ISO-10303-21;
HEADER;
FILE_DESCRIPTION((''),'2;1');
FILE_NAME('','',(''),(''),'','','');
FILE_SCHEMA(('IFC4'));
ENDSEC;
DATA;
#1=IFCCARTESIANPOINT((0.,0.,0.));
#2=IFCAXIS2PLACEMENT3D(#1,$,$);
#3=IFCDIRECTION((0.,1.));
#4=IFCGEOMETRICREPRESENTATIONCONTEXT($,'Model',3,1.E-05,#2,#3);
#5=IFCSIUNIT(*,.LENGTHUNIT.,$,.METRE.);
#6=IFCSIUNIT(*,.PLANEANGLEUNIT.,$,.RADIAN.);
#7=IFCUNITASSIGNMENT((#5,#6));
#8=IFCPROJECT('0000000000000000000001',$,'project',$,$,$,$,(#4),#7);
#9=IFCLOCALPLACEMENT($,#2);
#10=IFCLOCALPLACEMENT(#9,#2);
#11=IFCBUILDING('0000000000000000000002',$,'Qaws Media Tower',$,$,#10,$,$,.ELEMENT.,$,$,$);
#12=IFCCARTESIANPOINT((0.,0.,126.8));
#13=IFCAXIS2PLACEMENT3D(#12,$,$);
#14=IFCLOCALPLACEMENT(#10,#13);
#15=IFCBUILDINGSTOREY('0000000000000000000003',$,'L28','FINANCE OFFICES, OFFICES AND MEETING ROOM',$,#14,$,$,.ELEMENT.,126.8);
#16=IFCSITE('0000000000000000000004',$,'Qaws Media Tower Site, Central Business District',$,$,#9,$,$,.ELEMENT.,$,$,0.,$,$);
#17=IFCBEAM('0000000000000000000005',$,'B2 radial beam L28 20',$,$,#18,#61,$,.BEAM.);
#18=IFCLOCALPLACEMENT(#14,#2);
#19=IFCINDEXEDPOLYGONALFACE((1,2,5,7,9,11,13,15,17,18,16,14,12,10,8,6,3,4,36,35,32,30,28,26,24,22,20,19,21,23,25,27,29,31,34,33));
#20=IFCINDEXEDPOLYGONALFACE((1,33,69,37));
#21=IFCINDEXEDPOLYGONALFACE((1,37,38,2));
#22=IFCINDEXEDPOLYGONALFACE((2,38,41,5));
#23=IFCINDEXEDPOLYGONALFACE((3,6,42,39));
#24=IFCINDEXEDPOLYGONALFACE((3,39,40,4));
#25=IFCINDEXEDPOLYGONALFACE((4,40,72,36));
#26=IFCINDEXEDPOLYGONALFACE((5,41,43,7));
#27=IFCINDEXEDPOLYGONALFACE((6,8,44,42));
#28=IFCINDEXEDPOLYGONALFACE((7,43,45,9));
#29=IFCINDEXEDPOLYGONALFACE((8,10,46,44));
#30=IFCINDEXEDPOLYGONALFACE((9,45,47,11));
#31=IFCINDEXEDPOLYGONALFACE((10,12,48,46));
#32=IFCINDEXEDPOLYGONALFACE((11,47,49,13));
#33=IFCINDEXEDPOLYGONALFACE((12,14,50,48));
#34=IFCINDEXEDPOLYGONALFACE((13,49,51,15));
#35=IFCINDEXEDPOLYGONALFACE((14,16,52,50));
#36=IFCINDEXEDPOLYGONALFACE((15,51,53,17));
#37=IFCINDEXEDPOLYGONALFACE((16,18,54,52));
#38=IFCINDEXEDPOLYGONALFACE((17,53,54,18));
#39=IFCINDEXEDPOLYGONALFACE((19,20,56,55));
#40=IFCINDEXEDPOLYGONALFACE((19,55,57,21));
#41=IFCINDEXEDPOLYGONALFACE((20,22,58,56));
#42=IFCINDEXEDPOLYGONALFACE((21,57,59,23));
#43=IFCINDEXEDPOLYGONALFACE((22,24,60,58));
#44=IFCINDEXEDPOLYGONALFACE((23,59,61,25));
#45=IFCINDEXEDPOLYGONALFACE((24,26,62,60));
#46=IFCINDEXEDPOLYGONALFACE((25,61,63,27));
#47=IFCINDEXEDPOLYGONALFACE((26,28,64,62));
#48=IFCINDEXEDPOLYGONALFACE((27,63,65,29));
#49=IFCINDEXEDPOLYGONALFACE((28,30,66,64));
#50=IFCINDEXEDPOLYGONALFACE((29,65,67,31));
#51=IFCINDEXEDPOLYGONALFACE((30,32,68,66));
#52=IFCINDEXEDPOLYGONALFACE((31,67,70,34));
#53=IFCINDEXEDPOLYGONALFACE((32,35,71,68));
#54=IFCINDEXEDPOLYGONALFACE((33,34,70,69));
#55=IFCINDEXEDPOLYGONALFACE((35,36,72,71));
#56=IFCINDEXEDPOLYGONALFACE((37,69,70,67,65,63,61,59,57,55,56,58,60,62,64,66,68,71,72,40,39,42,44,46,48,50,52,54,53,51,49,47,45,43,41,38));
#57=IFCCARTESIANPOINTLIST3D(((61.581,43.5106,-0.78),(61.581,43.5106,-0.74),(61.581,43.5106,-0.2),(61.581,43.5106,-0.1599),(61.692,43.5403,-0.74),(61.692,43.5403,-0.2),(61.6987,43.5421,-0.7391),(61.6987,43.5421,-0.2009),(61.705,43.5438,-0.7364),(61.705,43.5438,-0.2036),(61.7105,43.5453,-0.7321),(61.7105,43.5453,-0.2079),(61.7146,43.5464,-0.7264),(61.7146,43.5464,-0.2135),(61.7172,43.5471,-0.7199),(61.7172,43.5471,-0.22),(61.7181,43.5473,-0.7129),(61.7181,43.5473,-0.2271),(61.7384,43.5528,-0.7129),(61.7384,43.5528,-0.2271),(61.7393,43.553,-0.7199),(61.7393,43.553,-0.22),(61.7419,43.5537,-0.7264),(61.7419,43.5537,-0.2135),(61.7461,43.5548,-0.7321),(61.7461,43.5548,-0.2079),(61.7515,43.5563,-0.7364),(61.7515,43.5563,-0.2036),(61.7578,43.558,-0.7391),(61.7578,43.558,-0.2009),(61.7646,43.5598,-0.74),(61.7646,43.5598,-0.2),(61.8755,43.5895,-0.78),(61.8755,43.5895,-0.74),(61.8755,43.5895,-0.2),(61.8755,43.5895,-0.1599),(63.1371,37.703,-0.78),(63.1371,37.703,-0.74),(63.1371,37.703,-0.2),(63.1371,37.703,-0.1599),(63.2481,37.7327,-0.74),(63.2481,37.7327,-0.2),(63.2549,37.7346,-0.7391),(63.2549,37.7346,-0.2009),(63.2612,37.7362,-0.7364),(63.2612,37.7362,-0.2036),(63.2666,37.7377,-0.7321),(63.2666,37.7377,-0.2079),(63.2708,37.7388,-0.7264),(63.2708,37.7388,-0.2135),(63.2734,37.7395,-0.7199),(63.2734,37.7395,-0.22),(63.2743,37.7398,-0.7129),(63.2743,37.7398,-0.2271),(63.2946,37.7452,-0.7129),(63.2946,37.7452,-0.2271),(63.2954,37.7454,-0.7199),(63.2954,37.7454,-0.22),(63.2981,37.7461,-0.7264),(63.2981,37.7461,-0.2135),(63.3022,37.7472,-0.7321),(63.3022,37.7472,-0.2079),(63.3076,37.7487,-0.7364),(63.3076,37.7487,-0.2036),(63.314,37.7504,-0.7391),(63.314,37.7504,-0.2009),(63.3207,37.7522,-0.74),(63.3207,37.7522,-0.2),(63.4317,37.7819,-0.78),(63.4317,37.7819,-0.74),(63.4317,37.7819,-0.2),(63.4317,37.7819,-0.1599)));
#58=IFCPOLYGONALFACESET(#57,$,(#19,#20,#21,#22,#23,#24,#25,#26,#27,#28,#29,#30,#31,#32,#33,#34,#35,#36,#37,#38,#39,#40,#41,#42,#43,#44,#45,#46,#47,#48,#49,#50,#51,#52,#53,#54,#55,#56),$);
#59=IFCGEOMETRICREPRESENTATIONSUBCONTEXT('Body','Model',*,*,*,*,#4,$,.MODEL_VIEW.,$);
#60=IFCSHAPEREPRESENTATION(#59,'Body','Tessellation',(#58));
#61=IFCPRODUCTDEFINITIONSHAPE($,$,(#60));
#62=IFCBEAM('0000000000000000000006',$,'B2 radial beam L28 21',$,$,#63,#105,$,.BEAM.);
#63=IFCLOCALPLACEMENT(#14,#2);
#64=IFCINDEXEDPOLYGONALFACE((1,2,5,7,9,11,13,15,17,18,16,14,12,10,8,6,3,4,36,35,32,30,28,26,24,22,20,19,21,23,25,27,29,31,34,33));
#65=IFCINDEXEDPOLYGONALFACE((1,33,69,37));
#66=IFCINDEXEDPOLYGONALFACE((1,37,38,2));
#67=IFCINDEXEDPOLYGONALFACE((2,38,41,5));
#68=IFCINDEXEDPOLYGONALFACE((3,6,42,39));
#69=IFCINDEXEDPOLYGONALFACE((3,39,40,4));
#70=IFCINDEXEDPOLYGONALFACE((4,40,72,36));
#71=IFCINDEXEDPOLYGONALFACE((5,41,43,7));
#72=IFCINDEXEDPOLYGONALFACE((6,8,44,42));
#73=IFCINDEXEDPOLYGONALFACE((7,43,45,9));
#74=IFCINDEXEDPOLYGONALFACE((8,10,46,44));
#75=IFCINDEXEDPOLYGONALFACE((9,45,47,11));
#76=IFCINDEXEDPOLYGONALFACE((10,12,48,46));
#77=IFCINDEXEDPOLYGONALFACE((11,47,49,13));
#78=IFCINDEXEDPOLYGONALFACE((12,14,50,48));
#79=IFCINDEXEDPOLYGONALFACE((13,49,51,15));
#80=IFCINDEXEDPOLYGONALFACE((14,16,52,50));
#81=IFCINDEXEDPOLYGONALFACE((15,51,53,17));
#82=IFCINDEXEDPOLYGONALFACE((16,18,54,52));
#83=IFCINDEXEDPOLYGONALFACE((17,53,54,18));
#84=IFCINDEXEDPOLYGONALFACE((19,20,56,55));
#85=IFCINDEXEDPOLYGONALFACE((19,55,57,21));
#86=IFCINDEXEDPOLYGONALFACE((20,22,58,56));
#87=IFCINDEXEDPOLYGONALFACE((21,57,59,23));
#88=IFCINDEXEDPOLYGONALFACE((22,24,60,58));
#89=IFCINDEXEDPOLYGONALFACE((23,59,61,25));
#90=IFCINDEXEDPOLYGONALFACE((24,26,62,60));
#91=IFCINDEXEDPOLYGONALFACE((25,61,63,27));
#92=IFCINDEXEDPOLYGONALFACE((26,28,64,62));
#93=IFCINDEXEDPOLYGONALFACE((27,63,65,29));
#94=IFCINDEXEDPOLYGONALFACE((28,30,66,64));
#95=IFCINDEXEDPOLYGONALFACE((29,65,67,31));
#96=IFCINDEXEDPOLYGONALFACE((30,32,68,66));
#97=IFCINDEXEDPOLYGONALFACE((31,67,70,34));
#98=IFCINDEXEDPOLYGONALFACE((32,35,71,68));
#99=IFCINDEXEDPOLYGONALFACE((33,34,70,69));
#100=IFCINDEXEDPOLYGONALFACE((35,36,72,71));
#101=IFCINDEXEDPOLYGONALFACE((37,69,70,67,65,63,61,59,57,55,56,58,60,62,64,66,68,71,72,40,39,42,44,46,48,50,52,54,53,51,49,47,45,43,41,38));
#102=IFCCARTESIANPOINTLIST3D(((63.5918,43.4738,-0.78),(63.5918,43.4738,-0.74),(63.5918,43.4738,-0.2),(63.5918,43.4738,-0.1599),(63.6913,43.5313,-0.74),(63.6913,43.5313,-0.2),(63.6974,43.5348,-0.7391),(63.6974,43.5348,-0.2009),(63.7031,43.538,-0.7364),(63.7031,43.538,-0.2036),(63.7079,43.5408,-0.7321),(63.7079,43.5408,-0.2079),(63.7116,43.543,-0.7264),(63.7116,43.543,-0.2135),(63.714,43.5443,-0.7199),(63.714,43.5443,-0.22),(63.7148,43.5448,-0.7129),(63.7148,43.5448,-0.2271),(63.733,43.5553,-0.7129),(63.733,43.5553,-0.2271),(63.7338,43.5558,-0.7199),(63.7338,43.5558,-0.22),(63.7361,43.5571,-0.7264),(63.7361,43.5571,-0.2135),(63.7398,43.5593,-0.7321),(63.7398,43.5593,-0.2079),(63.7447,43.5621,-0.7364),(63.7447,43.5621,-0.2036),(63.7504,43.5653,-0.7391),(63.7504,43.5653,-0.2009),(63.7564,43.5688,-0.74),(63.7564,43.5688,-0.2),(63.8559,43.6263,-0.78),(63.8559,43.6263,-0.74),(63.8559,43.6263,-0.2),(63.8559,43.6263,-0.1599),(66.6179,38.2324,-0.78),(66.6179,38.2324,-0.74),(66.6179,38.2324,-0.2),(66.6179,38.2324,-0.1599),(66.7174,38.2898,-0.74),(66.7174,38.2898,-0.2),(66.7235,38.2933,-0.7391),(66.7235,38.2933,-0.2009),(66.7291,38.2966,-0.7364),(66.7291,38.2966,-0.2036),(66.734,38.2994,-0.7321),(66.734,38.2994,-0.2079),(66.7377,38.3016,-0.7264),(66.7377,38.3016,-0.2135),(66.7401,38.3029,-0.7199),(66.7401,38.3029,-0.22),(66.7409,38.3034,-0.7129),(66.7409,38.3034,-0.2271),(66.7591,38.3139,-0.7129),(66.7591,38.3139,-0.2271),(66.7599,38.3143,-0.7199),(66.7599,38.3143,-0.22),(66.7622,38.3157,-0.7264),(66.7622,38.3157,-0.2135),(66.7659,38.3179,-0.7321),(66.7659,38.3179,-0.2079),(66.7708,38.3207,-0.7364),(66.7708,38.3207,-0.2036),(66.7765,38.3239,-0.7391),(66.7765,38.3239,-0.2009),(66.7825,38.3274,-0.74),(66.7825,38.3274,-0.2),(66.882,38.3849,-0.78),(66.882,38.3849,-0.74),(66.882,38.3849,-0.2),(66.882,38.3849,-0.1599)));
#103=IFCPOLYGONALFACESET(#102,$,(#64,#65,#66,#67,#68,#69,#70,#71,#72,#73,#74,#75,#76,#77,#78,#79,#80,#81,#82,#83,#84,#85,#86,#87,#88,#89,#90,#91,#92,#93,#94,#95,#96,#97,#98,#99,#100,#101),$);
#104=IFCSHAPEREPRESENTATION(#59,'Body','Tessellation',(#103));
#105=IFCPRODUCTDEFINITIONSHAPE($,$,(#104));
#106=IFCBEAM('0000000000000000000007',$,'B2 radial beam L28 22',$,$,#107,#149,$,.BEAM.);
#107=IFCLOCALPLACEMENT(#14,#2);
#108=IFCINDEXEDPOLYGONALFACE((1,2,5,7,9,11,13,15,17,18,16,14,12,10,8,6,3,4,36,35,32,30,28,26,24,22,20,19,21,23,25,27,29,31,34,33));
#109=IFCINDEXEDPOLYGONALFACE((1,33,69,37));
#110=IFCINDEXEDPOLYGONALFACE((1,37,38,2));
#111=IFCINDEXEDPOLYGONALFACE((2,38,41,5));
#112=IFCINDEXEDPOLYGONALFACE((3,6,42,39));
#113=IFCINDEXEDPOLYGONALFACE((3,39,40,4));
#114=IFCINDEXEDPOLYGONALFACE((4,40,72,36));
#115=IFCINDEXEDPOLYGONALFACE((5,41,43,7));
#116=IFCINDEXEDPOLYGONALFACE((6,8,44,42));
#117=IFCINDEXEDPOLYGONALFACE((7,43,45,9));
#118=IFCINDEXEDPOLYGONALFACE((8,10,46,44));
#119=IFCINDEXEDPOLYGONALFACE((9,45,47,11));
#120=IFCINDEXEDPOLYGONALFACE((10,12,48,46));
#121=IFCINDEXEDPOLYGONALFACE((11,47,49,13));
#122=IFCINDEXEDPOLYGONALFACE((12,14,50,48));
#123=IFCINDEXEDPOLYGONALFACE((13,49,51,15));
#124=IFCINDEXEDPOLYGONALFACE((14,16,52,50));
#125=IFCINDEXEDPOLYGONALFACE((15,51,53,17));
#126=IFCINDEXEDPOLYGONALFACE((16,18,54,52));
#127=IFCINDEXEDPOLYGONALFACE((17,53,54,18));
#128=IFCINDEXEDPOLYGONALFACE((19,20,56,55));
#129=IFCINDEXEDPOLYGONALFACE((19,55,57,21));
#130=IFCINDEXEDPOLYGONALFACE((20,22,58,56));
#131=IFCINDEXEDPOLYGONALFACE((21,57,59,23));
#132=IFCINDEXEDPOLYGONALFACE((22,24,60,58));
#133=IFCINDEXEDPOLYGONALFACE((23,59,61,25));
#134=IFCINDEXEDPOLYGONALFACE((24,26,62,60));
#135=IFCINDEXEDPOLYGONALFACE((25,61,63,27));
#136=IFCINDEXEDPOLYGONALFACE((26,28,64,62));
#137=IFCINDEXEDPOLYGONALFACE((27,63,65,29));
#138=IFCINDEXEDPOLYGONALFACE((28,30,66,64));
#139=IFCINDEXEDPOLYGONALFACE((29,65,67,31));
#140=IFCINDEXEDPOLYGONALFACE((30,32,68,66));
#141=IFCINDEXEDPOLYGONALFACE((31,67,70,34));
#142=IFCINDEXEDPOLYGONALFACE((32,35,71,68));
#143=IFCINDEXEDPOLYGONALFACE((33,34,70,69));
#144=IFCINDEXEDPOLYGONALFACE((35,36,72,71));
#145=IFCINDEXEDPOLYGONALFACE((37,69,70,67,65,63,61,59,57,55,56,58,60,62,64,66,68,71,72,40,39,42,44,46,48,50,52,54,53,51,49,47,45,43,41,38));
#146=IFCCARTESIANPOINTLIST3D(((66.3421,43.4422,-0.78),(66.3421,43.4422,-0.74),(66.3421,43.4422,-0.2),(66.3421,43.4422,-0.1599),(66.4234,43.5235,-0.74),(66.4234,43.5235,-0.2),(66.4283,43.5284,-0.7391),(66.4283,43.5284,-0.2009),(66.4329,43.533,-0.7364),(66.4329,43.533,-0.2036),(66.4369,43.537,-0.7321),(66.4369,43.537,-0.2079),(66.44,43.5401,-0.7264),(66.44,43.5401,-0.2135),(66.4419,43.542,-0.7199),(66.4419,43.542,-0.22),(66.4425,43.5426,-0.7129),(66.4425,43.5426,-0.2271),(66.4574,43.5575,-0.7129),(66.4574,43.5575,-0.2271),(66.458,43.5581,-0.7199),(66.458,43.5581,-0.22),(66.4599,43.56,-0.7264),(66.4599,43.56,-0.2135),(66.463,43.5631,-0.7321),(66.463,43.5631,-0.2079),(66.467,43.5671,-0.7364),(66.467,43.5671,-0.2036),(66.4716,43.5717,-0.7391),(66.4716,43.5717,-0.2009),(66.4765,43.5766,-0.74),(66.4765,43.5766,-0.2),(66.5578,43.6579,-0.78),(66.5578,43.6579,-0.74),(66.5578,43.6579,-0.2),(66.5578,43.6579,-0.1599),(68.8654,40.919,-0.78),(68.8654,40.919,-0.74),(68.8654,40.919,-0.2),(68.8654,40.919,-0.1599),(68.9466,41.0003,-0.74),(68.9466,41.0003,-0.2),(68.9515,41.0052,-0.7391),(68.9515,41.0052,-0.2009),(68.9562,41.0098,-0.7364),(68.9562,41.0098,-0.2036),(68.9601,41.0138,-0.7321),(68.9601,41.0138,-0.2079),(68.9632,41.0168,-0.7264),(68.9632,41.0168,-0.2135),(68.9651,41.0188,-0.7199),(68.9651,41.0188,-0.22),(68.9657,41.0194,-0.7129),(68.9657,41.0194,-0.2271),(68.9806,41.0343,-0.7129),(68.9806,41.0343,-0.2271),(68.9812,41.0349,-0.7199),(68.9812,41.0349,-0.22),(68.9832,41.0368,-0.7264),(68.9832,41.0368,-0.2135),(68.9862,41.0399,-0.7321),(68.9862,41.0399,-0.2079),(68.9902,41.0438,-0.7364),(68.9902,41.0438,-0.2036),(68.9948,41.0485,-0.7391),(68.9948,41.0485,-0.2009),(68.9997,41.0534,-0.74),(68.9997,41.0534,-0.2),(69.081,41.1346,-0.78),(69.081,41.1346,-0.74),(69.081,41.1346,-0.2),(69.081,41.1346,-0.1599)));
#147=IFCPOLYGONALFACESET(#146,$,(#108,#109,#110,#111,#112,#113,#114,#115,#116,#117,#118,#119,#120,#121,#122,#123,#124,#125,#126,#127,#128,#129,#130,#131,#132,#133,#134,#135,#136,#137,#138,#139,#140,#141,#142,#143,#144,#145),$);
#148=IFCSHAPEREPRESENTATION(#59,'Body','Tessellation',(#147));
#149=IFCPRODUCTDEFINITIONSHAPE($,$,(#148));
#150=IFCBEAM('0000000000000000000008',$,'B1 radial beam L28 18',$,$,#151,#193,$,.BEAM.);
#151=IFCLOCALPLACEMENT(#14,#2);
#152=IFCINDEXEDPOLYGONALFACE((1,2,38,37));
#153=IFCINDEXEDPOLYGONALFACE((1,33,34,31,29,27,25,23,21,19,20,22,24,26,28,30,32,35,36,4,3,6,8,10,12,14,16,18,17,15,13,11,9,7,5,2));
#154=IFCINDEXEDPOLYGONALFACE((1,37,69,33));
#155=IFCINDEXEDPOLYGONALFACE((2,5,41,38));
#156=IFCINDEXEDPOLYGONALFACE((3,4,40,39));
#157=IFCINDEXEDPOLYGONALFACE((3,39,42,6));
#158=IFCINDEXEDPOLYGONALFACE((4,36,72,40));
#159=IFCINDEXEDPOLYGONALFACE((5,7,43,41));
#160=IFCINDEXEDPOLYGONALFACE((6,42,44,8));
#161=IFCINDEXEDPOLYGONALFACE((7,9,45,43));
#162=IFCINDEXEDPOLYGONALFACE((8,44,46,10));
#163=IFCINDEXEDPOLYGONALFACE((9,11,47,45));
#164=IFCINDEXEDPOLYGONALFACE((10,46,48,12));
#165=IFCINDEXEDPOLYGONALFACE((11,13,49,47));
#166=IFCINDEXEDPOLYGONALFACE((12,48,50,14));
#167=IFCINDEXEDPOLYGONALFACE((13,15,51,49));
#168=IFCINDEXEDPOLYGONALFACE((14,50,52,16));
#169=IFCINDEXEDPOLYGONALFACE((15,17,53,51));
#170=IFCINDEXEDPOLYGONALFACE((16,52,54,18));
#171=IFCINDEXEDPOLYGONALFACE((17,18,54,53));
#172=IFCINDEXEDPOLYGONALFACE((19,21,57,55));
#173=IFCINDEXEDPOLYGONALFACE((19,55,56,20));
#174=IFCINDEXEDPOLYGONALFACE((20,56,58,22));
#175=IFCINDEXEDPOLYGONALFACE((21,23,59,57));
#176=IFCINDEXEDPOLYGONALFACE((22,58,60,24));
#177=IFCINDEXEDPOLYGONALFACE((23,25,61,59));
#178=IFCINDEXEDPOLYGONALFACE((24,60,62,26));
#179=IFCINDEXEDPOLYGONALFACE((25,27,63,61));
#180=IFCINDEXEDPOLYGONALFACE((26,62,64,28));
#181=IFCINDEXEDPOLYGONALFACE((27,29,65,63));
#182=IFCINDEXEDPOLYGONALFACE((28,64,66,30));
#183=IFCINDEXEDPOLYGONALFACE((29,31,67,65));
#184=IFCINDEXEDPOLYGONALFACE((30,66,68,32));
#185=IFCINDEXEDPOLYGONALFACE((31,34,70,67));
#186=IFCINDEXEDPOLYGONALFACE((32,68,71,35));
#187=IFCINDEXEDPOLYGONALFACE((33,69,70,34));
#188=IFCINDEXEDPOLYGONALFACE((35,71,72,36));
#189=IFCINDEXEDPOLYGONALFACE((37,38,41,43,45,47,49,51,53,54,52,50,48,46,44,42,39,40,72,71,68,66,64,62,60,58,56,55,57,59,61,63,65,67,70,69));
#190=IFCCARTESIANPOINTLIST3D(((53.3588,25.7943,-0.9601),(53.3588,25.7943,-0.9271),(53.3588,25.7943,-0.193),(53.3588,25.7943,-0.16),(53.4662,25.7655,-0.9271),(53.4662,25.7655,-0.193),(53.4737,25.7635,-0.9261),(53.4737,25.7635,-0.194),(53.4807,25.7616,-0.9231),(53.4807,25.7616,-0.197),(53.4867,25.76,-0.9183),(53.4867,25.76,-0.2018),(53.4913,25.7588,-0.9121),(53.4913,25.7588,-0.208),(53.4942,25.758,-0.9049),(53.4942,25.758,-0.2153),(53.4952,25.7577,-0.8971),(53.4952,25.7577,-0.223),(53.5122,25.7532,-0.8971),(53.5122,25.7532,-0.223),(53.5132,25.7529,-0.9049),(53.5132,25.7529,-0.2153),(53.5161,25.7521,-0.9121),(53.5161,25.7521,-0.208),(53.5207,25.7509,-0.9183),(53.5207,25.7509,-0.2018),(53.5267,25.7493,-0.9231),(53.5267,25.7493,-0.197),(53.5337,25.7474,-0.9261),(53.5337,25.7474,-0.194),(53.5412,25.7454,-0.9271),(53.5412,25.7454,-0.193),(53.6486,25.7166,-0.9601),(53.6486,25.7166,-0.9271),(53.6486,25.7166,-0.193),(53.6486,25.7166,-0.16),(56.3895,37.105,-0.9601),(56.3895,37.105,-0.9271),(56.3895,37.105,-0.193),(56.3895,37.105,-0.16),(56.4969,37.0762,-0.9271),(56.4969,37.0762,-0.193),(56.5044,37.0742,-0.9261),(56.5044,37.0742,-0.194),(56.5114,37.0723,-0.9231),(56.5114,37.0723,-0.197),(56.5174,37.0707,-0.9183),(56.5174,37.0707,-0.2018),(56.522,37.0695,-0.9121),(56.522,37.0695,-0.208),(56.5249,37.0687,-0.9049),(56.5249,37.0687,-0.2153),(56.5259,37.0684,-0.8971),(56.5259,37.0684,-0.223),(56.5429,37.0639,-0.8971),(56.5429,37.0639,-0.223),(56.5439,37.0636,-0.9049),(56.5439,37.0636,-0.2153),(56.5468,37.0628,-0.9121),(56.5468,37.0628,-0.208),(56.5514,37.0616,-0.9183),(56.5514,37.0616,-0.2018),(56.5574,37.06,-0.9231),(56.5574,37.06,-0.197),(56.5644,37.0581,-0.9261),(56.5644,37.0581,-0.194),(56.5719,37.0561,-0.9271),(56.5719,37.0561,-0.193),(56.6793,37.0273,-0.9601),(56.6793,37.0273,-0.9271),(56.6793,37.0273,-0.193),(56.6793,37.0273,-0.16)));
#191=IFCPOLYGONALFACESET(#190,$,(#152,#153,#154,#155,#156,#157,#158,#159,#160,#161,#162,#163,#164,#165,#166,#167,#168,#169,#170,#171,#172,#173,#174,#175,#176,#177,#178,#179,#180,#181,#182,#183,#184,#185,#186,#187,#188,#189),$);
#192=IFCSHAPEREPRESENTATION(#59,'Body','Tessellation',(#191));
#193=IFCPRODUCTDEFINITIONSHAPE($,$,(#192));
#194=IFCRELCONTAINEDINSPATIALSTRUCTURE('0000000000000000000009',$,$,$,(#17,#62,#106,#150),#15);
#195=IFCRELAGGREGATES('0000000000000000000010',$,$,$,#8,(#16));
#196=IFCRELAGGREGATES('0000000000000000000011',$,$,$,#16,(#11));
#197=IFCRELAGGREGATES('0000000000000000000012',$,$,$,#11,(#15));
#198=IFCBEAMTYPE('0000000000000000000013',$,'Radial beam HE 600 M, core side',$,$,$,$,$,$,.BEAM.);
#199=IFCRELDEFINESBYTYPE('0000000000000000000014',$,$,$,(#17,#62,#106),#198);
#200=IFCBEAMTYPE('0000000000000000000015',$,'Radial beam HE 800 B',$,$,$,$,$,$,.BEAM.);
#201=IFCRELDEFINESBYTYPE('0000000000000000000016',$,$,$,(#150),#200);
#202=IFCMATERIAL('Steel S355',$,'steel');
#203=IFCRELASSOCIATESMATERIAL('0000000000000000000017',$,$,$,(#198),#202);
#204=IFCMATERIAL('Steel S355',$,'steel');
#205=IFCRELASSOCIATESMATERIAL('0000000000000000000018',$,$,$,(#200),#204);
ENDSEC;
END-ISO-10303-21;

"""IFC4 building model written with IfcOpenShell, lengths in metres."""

from ifc_helpers import new_model, si_unit, direction, frame, origin, origin_2d, place, context, subcontext, project, spatial, i_section, extrude, material, material_profile, profile_set, type_object, element, save


model = new_model("IFC4")

# Units and contexts
model_context = context("Model", 3, precision=1e-05, world=origin(), true_north=direction((0.0, 1.0)))
body_context = subcontext(model_context, "Body", "Model", "MODEL_VIEW")
ifc_project = project(units=[si_unit("LENGTHUNIT", "METRE"), si_unit("PLANEANGLEUNIT", "RADIAN")], contexts=[model_context])

# Site, building, storey
site_placement = place(None, origin())
site = spatial("IfcSite", under=ifc_project, at=site_placement, Name="Qaws Media Tower Site, Central Business District", CompositionType="ELEMENT", RefElevation=0.0)
building_placement = place(site_placement, origin())
building = spatial("IfcBuilding", under=site, at=building_placement, Name="Qaws Media Tower", CompositionType="ELEMENT")
storey_placement = place(building_placement, frame((0.0, 0.0, 126.8)))
storey = spatial("IfcBuildingStorey", under=building, at=storey_placement, Name="L28", Description="FINANCE OFFICES, OFFICES AND MEETING ROOM", CompositionType="ELEMENT", Elevation=126.8)

# Beams
ifc_material_1 = material(Name="Steel S355", Category="steel")
ifc_material_profile_1 = material_profile(ifc_material_1, i_section(OverallWidth=0.3049, OverallDepth=0.6201, WebThickness=0.021, FlangeThickness=0.04, FilletRadius=0.0271, at=origin_2d()), Name="HE 600 M")
ifc_profile_set_1 = profile_set([ifc_material_profile_1], Name="Steel S355")
beam_type_1 = type_object("IfcBeamType", Name="Radial beam HE 600 M, core side", PredefinedType="BEAM", material=ifc_profile_set_1)
beam_1_placement = place(storey_placement, frame((61.7283, 43.55, -0.47), z_axis=(0.25882, -0.965926, 0.0), x_axis=(0.965926, 0.25882, 0.0)))
element("IfcBeam", 1, at=beam_1_placement, inside=storey, type_object=beam_type_1, Name="B2 radial beam L28 20", PredefinedType="BEAM", context=body_context, shape_type="SweptSolid", body=[
    extrude(i_section(OverallWidth=0.3049, OverallDepth=0.6201, WebThickness=0.021, FlangeThickness=0.04, FilletRadius=0.0271, at=origin_2d()), origin(), (0.0, 0.0, 1.0), 6.0125),
])
beam_2_placement = place(storey_placement, frame((63.7239, 43.55, -0.47), z_axis=(0.499996, -0.866028, 0.0), x_axis=(0.866028, 0.499996, 0.0)))
element("IfcBeam", 2, at=beam_2_placement, inside=storey, type_object=beam_type_1, Name="B2 radial beam L28 21", PredefinedType="BEAM", context=body_context, shape_type="SweptSolid", body=[
    extrude(i_section(OverallWidth=0.3049, OverallDepth=0.6201, WebThickness=0.021, FlangeThickness=0.04, FilletRadius=0.0271, at=origin_2d()), origin(), (0.0, 0.0, 1.0), 6.0522),
])
beam_3_placement = place(storey_placement, frame((66.45, 43.55, -0.47), z_axis=(0.707107, -0.707107, 0.0), x_axis=(0.707107, 0.707107, 0.0)))
element("IfcBeam", 3, at=beam_3_placement, inside=storey, type_object=beam_type_1, Name="B2 radial beam L28 22", PredefinedType="BEAM", context=body_context, shape_type="SweptSolid", body=[
    extrude(i_section(OverallWidth=0.3049, OverallDepth=0.6201, WebThickness=0.021, FlangeThickness=0.04, FilletRadius=0.0271, at=origin_2d()), origin(), (0.0, 0.0, 1.0), 3.5684),
])
ifc_material_2 = material(Name="Steel S355", Category="steel")
ifc_material_profile_2 = material_profile(ifc_material_2, i_section(OverallWidth=0.3, OverallDepth=0.8, WebThickness=0.0176, FlangeThickness=0.033, FilletRadius=0.03, at=origin_2d()), Name="HE 800 B")
ifc_profile_set_2 = profile_set([ifc_material_profile_2], Name="Steel S355")
beam_type_2 = type_object("IfcBeamType", Name="Radial beam HE 800 B", PredefinedType="BEAM", material=ifc_profile_set_2)
beam_4_placement = place(storey_placement, frame((56.5344, 37.0662, -0.5601), z_axis=(-0.258823, -0.965925, 0.0), x_axis=(0.965925, -0.258823, 0.0)))
element("IfcBeam", 4, at=beam_4_placement, inside=storey, type_object=beam_type_2, Name="B1 radial beam L28 18", PredefinedType="BEAM", context=body_context, shape_type="SweptSolid", body=[
    extrude(i_section(OverallWidth=0.3, OverallDepth=0.8, WebThickness=0.0176, FlangeThickness=0.033, FilletRadius=0.03, at=origin_2d()), origin(), (0.0, 0.0, 1.0), 11.7097),
])

save(model, "model.ifc")
